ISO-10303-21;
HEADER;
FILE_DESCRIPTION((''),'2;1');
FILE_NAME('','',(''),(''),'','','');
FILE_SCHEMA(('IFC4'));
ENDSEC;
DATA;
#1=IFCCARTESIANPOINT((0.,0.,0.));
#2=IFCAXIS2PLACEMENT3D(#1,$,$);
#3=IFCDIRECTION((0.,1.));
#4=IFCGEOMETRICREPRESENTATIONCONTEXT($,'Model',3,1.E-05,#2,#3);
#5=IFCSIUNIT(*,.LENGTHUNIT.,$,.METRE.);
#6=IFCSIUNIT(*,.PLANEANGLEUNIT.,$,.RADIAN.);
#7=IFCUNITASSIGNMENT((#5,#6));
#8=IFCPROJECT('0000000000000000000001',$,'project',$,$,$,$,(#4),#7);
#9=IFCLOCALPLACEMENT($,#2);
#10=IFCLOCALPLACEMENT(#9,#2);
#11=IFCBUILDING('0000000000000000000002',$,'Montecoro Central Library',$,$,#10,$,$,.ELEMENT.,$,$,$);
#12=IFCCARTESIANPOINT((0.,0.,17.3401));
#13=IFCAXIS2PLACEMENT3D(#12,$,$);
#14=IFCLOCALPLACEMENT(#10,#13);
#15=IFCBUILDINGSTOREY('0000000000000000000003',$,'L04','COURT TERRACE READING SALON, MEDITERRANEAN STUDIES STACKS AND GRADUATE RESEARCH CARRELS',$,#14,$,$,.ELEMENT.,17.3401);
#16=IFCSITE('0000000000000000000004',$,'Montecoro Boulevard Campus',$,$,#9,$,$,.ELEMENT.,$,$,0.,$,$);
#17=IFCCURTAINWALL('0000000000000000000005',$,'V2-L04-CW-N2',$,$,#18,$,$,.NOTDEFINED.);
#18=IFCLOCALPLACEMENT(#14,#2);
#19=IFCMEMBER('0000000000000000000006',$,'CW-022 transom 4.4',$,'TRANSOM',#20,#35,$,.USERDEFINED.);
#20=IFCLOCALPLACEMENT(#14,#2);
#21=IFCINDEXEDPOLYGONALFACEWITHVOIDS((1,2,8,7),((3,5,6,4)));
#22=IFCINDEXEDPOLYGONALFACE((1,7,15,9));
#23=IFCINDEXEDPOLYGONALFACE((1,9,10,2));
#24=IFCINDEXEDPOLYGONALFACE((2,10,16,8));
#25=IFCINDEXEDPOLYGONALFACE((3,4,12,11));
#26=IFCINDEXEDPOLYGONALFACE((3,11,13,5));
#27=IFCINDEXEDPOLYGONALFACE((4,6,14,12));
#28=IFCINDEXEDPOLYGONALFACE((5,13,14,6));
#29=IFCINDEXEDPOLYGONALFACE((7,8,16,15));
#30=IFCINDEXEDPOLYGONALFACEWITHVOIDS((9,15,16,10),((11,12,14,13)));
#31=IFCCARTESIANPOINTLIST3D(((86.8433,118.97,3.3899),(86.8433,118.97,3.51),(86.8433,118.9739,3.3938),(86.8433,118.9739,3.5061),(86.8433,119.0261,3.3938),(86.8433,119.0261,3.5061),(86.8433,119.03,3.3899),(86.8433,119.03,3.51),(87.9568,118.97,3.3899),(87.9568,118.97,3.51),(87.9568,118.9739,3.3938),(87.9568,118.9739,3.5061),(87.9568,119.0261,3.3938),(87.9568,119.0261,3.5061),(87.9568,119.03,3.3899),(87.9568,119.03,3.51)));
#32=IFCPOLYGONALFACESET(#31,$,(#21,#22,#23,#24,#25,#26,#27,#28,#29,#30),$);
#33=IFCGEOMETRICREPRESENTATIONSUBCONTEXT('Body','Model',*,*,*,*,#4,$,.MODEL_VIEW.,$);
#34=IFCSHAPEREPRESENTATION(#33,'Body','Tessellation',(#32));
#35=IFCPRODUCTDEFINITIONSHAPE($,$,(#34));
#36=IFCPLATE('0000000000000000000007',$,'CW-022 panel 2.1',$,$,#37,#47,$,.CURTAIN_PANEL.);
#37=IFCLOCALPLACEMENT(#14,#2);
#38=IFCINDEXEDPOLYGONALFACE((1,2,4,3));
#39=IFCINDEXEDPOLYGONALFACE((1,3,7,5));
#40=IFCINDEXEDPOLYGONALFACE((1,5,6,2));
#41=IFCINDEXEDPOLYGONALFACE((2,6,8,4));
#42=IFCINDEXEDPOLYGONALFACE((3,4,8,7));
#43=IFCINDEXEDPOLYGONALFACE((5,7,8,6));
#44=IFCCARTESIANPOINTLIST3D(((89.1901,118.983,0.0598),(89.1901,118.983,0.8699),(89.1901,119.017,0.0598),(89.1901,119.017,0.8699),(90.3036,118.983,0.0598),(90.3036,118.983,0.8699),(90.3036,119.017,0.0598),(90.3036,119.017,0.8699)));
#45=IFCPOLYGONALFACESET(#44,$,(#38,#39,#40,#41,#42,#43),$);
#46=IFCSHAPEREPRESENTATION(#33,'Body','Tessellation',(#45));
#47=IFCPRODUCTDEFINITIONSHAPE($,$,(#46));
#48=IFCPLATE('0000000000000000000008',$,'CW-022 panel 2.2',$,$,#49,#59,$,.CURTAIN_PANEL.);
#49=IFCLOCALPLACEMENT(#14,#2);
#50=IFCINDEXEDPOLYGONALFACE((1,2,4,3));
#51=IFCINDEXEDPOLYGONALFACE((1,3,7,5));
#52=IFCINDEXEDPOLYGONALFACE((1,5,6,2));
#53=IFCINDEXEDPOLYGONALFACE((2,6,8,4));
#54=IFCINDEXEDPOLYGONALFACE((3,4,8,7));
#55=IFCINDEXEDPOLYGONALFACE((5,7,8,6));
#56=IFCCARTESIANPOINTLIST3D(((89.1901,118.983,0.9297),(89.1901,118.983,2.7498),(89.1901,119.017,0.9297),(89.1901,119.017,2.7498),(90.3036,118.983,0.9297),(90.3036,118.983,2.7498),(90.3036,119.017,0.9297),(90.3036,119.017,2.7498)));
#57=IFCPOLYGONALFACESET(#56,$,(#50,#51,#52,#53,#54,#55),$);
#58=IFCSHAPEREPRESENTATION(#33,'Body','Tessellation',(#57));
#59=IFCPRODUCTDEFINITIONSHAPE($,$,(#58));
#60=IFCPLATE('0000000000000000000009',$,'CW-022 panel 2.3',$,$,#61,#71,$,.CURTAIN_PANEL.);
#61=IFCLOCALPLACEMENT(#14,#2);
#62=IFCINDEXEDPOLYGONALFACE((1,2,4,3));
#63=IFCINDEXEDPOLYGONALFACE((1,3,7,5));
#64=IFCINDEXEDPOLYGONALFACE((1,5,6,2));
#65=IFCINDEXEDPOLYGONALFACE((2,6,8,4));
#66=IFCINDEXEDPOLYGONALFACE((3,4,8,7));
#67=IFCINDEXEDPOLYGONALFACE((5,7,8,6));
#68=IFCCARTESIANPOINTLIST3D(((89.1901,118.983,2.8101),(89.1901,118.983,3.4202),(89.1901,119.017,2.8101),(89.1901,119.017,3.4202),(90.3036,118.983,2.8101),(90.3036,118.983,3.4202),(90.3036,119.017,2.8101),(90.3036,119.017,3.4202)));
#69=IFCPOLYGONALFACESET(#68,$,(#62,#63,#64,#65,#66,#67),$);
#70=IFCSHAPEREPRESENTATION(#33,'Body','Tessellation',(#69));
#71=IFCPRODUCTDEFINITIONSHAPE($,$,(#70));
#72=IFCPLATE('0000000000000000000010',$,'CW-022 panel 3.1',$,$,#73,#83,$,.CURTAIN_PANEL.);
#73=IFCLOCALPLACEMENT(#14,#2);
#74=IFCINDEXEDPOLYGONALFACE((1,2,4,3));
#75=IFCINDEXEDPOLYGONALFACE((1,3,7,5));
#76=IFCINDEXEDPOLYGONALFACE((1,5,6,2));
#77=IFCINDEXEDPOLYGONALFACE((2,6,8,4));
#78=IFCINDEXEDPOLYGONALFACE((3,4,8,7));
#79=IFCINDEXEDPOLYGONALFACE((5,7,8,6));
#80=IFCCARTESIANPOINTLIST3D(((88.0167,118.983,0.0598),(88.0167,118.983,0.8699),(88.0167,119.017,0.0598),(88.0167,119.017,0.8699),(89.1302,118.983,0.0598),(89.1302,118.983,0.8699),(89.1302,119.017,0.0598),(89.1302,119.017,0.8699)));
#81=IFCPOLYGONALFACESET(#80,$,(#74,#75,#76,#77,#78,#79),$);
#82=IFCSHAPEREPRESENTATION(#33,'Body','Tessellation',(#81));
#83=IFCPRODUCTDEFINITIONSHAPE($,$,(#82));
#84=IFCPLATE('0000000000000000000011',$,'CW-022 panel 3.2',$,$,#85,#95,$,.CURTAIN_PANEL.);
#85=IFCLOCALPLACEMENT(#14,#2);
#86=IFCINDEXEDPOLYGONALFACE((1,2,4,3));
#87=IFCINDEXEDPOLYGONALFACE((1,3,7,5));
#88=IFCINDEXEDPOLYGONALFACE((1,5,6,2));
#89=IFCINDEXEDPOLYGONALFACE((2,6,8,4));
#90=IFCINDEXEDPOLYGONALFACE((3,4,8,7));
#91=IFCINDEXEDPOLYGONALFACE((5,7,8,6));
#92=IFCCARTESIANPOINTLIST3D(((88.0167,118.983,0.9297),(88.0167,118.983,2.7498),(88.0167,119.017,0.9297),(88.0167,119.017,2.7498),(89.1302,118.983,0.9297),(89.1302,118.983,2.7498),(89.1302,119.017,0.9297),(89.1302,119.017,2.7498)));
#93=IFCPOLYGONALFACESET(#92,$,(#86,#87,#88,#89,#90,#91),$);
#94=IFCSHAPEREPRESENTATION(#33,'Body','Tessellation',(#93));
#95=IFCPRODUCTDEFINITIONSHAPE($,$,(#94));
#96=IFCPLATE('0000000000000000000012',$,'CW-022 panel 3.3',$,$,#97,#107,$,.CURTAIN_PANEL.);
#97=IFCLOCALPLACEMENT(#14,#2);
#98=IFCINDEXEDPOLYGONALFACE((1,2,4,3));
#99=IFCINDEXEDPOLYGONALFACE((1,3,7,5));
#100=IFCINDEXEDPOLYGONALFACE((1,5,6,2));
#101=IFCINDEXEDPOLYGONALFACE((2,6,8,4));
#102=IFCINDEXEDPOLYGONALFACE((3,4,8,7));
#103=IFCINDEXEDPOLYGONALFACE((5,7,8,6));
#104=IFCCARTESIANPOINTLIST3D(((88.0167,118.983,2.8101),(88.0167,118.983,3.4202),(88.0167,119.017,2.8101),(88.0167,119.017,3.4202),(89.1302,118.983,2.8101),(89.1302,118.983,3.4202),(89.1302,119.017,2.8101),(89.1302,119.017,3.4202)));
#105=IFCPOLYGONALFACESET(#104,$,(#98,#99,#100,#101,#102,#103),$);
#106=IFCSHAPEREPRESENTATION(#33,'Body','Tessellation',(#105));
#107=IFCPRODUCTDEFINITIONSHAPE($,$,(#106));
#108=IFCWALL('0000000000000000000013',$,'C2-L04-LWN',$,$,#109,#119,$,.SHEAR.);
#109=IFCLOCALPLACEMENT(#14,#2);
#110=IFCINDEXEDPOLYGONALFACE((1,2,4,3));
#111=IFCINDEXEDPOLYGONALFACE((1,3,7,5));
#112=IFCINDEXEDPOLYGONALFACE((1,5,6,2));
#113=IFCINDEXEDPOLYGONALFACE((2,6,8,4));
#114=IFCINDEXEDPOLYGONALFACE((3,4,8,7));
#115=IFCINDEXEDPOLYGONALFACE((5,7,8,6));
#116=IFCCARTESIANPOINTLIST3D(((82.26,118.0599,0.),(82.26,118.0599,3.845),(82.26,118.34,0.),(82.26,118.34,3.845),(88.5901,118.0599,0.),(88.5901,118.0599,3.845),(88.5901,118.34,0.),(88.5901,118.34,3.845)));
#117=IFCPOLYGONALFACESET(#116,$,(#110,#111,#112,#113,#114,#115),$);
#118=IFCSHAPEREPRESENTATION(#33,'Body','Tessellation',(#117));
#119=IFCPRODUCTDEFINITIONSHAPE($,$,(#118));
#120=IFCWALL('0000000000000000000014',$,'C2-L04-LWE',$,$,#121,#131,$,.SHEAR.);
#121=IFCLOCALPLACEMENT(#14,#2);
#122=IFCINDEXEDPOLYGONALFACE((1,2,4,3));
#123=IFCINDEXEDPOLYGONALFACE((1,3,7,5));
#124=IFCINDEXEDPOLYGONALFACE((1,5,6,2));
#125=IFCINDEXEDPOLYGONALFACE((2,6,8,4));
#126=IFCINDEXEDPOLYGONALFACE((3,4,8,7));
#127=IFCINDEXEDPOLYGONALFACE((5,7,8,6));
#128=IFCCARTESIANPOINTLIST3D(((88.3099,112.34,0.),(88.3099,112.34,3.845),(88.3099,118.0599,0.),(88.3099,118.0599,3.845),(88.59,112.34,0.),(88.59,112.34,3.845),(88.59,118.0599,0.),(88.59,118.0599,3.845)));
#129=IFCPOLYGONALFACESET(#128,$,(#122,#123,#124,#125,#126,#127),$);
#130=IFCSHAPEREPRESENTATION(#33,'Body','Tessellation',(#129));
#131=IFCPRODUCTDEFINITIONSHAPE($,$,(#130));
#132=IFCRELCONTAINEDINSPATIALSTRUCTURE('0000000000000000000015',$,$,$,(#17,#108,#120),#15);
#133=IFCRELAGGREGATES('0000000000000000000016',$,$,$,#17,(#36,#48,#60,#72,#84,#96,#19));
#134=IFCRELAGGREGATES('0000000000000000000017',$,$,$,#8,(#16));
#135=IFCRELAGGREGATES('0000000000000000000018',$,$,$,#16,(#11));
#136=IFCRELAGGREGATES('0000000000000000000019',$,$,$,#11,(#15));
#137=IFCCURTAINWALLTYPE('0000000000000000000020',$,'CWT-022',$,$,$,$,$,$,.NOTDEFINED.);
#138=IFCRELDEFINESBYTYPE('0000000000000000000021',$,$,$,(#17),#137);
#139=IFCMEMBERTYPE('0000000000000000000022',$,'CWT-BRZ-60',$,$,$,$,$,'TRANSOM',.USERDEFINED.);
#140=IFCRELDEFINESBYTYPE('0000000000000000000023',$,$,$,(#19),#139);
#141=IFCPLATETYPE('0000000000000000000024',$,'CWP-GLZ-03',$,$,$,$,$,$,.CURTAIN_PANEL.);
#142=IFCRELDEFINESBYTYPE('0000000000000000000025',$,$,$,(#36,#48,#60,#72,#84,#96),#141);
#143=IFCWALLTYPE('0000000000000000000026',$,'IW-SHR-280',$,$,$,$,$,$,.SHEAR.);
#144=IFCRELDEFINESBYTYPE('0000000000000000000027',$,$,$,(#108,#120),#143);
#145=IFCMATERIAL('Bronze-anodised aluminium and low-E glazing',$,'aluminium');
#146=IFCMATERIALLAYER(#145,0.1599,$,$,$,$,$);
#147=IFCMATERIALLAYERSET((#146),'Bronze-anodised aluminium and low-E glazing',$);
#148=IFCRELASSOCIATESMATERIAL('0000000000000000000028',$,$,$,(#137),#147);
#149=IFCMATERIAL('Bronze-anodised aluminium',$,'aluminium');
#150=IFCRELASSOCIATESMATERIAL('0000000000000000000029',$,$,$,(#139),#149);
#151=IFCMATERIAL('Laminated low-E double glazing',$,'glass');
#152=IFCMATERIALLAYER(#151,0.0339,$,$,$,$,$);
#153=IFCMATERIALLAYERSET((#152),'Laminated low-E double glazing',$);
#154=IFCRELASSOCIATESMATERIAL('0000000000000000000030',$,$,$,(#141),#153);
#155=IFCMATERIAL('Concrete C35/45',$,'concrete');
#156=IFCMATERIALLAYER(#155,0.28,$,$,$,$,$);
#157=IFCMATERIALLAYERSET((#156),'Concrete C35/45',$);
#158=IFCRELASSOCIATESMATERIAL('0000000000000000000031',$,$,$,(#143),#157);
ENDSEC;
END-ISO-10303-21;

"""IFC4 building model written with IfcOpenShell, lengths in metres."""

from ifc_helpers import new_model, si_unit, direction, frame, frame_2d, origin, origin_2d, place, context, subcontext, project, spatial, rectangle, hollow_rectangle, extrude, material, layer, layer_set, material_profile, profile_set, type_object, element, aggregate, save


model = new_model("IFC4")

# Units and contexts
model_context = context("Model", 3, precision=1e-05, world=origin(), true_north=direction((0.0, 1.0)))
body_context = subcontext(model_context, "Body", "Model", "MODEL_VIEW")
ifc_project = project(units=[si_unit("LENGTHUNIT", "METRE"), si_unit("PLANEANGLEUNIT", "RADIAN")], contexts=[model_context])

# Site, building, storey
site_placement = place(None, origin())
site = spatial("IfcSite", under=ifc_project, at=site_placement, Name="Montecoro Boulevard Campus", CompositionType="ELEMENT", RefElevation=0.0)
building_placement = place(site_placement, origin())
building = spatial("IfcBuilding", under=site, at=building_placement, Name="Montecoro Central Library", CompositionType="ELEMENT")
storey_placement = place(building_placement, frame((0.0, 0.0, 17.3401)))
storey = spatial("IfcBuildingStorey", under=building, at=storey_placement, Name="L04", Description="COURT TERRACE READING SALON, MEDITERRANEAN STUDIES STACKS AND GRADUATE RESEARCH CARRELS", CompositionType="ELEMENT", Elevation=17.3401)

# Curtain wall, member, plates
ifc_material_1 = material(Name="Bronze-anodised aluminium and low-E glazing", Category="aluminium")
ifc_layer_1 = layer(ifc_material_1, 0.1599)
ifc_layer_set_1 = layer_set([ifc_layer_1], Name="Bronze-anodised aluminium and low-E glazing")
curtain_wall_type = type_object("IfcCurtainWallType", Name="CWT-022", PredefinedType="NOTDEFINED", material=ifc_layer_set_1)
curtain_wall_placement = place(storey_placement, origin())
curtain_wall = element("IfcCurtainWall", 1, at=curtain_wall_placement, inside=storey, type_object=curtain_wall_type, Name="V2-L04-CW-N2", PredefinedType="NOTDEFINED")
ifc_material_2 = material(Name="Bronze-anodised aluminium", Category="aluminium")
ifc_material_profile_1 = material_profile(ifc_material_2, hollow_rectangle(XDim=0.0601, YDim=0.1201, WallThickness=0.0039, at=origin_2d()), Name="CWT 120x60x4.0")
ifc_profile_set_1 = profile_set([ifc_material_profile_1], Name="Bronze-anodised aluminium")
member_type_1 = type_object("IfcMemberType", Name="CWT-BRZ-60", ElementType="TRANSOM", PredefinedType="USERDEFINED", material=ifc_profile_set_1)
member_1_placement = place(storey_placement, frame((87.9568, 119.0, 3.45), z_axis=(-1.0, 0.0, 0.0), x_axis=(0.0, -1.0, 0.0)))
member_1 = element("IfcMember", 2, at=member_1_placement, type_object=member_type_1, Name="CW-022 transom 4.4", ObjectType="TRANSOM", PredefinedType="USERDEFINED", context=body_context, shape_type="SweptSolid", body=[
    extrude(hollow_rectangle(XDim=0.0601, YDim=0.1201, WallThickness=0.0039, at=origin_2d()), origin(), (0.0, 0.0, 1.0), 1.1135),
])
ifc_material_3 = material(Name="Laminated low-E double glazing", Category="glass")
ifc_layer_2 = layer(ifc_material_3, 0.0339)
ifc_layer_set_2 = layer_set([ifc_layer_2], Name="Laminated low-E double glazing")
plate_type = type_object("IfcPlateType", Name="CWP-GLZ-03", PredefinedType="CURTAIN_PANEL", material=ifc_layer_set_2)
plate_1_placement = place(storey_placement, frame((89.7468, 119.0, 0.0598), z_axis=(0.0, 0.0, 1.0), x_axis=(-1.0, 0.0, 0.0)))
plate_1 = element("IfcPlate", 3, at=plate_1_placement, type_object=plate_type, Name="CW-022 panel 2.1", PredefinedType="CURTAIN_PANEL", context=body_context, shape_type="SweptSolid", body=[
    extrude(rectangle(XDim=1.1135, YDim=0.0339, at=origin_2d()), origin(), (0.0, 0.0, 1.0), 0.8101),
])
plate_2_placement = place(storey_placement, frame((89.7468, 119.0, 0.9297), z_axis=(0.0, 0.0, 1.0), x_axis=(-1.0, 0.0, 0.0)))
plate_2 = element("IfcPlate", 4, at=plate_2_placement, type_object=plate_type, Name="CW-022 panel 2.2", PredefinedType="CURTAIN_PANEL", context=body_context, shape_type="SweptSolid", body=[
    extrude(rectangle(XDim=1.1135, YDim=0.0339, at=origin_2d()), origin(), (0.0, 0.0, 1.0), 1.8201),
])
plate_3_placement = place(storey_placement, frame((89.7468, 119.0, 2.8101), z_axis=(0.0, 0.0, 1.0), x_axis=(-1.0, 0.0, 0.0)))
plate_3 = element("IfcPlate", 5, at=plate_3_placement, type_object=plate_type, Name="CW-022 panel 2.3", PredefinedType="CURTAIN_PANEL", context=body_context, shape_type="SweptSolid", body=[
    extrude(rectangle(XDim=1.1135, YDim=0.0339, at=origin_2d()), origin(), (0.0, 0.0, 1.0), 0.6101),
])
plate_4_placement = place(storey_placement, frame((88.5735, 119.0, 0.0598), z_axis=(0.0, 0.0, 1.0), x_axis=(-1.0, 0.0, 0.0)))
plate_4 = element("IfcPlate", 6, at=plate_4_placement, type_object=plate_type, Name="CW-022 panel 3.1", PredefinedType="CURTAIN_PANEL", context=body_context, shape_type="SweptSolid", body=[
    extrude(rectangle(XDim=1.1135, YDim=0.0339, at=origin_2d()), origin(), (0.0, 0.0, 1.0), 0.8101),
])
plate_5_placement = place(storey_placement, frame((88.5735, 119.0, 0.9297), z_axis=(0.0, 0.0, 1.0), x_axis=(-1.0, 0.0, 0.0)))
plate_5 = element("IfcPlate", 7, at=plate_5_placement, type_object=plate_type, Name="CW-022 panel 3.2", PredefinedType="CURTAIN_PANEL", context=body_context, shape_type="SweptSolid", body=[
    extrude(rectangle(XDim=1.1135, YDim=0.0339, at=origin_2d()), origin(), (0.0, 0.0, 1.0), 1.8201),
])
plate_6_placement = place(storey_placement, frame((88.5735, 119.0, 2.8101), z_axis=(0.0, 0.0, 1.0), x_axis=(-1.0, 0.0, 0.0)))
plate_6 = element("IfcPlate", 8, at=plate_6_placement, type_object=plate_type, Name="CW-022 panel 3.3", PredefinedType="CURTAIN_PANEL", context=body_context, shape_type="SweptSolid", body=[
    extrude(rectangle(XDim=1.1135, YDim=0.0339, at=origin_2d()), origin(), (0.0, 0.0, 1.0), 0.6101),
])
aggregate(curtain_wall, [plate_1, plate_2, plate_3, plate_4, plate_5, plate_6, member_1])

# Walls
ifc_material_4 = material(Name="Concrete C35/45", Category="concrete")
ifc_layer_3 = layer(ifc_material_4, 0.28)
ifc_layer_set_3 = layer_set([ifc_layer_3], Name="Concrete C35/45")
wall_type = type_object("IfcWallType", Name="IW-SHR-280", PredefinedType="SHEAR", material=ifc_layer_set_3)
wall_1_placement = place(storey_placement, frame((88.5901, 118.2, 0.0), z_axis=(0.0, 0.0, 1.0), x_axis=(-1.0, 0.0, 0.0)))
element("IfcWall", 9, at=wall_1_placement, inside=storey, type_object=wall_type, Name="C2-L04-LWN", PredefinedType="SHEAR", context=body_context, shape_type="SweptSolid", body=[
    extrude(rectangle(XDim=6.3301, YDim=0.28, at=frame_2d((3.165, 0.0))), origin(), (0.0, 0.0, 1.0), 3.845),
])
wall_2_placement = place(storey_placement, frame((88.45, 112.3401, 0.0), z_axis=(0.0, 0.0, 1.0), x_axis=(0.0, 1.0, 0.0)))
element("IfcWall", 10, at=wall_2_placement, inside=storey, type_object=wall_type, Name="C2-L04-LWE", PredefinedType="SHEAR", context=body_context, shape_type="SweptSolid", body=[
    extrude(rectangle(XDim=5.72, YDim=0.28, at=frame_2d((2.8599, 0.0))), origin(), (0.0, 0.0, 1.0), 3.845),
])

save(model, "model.ifc")
